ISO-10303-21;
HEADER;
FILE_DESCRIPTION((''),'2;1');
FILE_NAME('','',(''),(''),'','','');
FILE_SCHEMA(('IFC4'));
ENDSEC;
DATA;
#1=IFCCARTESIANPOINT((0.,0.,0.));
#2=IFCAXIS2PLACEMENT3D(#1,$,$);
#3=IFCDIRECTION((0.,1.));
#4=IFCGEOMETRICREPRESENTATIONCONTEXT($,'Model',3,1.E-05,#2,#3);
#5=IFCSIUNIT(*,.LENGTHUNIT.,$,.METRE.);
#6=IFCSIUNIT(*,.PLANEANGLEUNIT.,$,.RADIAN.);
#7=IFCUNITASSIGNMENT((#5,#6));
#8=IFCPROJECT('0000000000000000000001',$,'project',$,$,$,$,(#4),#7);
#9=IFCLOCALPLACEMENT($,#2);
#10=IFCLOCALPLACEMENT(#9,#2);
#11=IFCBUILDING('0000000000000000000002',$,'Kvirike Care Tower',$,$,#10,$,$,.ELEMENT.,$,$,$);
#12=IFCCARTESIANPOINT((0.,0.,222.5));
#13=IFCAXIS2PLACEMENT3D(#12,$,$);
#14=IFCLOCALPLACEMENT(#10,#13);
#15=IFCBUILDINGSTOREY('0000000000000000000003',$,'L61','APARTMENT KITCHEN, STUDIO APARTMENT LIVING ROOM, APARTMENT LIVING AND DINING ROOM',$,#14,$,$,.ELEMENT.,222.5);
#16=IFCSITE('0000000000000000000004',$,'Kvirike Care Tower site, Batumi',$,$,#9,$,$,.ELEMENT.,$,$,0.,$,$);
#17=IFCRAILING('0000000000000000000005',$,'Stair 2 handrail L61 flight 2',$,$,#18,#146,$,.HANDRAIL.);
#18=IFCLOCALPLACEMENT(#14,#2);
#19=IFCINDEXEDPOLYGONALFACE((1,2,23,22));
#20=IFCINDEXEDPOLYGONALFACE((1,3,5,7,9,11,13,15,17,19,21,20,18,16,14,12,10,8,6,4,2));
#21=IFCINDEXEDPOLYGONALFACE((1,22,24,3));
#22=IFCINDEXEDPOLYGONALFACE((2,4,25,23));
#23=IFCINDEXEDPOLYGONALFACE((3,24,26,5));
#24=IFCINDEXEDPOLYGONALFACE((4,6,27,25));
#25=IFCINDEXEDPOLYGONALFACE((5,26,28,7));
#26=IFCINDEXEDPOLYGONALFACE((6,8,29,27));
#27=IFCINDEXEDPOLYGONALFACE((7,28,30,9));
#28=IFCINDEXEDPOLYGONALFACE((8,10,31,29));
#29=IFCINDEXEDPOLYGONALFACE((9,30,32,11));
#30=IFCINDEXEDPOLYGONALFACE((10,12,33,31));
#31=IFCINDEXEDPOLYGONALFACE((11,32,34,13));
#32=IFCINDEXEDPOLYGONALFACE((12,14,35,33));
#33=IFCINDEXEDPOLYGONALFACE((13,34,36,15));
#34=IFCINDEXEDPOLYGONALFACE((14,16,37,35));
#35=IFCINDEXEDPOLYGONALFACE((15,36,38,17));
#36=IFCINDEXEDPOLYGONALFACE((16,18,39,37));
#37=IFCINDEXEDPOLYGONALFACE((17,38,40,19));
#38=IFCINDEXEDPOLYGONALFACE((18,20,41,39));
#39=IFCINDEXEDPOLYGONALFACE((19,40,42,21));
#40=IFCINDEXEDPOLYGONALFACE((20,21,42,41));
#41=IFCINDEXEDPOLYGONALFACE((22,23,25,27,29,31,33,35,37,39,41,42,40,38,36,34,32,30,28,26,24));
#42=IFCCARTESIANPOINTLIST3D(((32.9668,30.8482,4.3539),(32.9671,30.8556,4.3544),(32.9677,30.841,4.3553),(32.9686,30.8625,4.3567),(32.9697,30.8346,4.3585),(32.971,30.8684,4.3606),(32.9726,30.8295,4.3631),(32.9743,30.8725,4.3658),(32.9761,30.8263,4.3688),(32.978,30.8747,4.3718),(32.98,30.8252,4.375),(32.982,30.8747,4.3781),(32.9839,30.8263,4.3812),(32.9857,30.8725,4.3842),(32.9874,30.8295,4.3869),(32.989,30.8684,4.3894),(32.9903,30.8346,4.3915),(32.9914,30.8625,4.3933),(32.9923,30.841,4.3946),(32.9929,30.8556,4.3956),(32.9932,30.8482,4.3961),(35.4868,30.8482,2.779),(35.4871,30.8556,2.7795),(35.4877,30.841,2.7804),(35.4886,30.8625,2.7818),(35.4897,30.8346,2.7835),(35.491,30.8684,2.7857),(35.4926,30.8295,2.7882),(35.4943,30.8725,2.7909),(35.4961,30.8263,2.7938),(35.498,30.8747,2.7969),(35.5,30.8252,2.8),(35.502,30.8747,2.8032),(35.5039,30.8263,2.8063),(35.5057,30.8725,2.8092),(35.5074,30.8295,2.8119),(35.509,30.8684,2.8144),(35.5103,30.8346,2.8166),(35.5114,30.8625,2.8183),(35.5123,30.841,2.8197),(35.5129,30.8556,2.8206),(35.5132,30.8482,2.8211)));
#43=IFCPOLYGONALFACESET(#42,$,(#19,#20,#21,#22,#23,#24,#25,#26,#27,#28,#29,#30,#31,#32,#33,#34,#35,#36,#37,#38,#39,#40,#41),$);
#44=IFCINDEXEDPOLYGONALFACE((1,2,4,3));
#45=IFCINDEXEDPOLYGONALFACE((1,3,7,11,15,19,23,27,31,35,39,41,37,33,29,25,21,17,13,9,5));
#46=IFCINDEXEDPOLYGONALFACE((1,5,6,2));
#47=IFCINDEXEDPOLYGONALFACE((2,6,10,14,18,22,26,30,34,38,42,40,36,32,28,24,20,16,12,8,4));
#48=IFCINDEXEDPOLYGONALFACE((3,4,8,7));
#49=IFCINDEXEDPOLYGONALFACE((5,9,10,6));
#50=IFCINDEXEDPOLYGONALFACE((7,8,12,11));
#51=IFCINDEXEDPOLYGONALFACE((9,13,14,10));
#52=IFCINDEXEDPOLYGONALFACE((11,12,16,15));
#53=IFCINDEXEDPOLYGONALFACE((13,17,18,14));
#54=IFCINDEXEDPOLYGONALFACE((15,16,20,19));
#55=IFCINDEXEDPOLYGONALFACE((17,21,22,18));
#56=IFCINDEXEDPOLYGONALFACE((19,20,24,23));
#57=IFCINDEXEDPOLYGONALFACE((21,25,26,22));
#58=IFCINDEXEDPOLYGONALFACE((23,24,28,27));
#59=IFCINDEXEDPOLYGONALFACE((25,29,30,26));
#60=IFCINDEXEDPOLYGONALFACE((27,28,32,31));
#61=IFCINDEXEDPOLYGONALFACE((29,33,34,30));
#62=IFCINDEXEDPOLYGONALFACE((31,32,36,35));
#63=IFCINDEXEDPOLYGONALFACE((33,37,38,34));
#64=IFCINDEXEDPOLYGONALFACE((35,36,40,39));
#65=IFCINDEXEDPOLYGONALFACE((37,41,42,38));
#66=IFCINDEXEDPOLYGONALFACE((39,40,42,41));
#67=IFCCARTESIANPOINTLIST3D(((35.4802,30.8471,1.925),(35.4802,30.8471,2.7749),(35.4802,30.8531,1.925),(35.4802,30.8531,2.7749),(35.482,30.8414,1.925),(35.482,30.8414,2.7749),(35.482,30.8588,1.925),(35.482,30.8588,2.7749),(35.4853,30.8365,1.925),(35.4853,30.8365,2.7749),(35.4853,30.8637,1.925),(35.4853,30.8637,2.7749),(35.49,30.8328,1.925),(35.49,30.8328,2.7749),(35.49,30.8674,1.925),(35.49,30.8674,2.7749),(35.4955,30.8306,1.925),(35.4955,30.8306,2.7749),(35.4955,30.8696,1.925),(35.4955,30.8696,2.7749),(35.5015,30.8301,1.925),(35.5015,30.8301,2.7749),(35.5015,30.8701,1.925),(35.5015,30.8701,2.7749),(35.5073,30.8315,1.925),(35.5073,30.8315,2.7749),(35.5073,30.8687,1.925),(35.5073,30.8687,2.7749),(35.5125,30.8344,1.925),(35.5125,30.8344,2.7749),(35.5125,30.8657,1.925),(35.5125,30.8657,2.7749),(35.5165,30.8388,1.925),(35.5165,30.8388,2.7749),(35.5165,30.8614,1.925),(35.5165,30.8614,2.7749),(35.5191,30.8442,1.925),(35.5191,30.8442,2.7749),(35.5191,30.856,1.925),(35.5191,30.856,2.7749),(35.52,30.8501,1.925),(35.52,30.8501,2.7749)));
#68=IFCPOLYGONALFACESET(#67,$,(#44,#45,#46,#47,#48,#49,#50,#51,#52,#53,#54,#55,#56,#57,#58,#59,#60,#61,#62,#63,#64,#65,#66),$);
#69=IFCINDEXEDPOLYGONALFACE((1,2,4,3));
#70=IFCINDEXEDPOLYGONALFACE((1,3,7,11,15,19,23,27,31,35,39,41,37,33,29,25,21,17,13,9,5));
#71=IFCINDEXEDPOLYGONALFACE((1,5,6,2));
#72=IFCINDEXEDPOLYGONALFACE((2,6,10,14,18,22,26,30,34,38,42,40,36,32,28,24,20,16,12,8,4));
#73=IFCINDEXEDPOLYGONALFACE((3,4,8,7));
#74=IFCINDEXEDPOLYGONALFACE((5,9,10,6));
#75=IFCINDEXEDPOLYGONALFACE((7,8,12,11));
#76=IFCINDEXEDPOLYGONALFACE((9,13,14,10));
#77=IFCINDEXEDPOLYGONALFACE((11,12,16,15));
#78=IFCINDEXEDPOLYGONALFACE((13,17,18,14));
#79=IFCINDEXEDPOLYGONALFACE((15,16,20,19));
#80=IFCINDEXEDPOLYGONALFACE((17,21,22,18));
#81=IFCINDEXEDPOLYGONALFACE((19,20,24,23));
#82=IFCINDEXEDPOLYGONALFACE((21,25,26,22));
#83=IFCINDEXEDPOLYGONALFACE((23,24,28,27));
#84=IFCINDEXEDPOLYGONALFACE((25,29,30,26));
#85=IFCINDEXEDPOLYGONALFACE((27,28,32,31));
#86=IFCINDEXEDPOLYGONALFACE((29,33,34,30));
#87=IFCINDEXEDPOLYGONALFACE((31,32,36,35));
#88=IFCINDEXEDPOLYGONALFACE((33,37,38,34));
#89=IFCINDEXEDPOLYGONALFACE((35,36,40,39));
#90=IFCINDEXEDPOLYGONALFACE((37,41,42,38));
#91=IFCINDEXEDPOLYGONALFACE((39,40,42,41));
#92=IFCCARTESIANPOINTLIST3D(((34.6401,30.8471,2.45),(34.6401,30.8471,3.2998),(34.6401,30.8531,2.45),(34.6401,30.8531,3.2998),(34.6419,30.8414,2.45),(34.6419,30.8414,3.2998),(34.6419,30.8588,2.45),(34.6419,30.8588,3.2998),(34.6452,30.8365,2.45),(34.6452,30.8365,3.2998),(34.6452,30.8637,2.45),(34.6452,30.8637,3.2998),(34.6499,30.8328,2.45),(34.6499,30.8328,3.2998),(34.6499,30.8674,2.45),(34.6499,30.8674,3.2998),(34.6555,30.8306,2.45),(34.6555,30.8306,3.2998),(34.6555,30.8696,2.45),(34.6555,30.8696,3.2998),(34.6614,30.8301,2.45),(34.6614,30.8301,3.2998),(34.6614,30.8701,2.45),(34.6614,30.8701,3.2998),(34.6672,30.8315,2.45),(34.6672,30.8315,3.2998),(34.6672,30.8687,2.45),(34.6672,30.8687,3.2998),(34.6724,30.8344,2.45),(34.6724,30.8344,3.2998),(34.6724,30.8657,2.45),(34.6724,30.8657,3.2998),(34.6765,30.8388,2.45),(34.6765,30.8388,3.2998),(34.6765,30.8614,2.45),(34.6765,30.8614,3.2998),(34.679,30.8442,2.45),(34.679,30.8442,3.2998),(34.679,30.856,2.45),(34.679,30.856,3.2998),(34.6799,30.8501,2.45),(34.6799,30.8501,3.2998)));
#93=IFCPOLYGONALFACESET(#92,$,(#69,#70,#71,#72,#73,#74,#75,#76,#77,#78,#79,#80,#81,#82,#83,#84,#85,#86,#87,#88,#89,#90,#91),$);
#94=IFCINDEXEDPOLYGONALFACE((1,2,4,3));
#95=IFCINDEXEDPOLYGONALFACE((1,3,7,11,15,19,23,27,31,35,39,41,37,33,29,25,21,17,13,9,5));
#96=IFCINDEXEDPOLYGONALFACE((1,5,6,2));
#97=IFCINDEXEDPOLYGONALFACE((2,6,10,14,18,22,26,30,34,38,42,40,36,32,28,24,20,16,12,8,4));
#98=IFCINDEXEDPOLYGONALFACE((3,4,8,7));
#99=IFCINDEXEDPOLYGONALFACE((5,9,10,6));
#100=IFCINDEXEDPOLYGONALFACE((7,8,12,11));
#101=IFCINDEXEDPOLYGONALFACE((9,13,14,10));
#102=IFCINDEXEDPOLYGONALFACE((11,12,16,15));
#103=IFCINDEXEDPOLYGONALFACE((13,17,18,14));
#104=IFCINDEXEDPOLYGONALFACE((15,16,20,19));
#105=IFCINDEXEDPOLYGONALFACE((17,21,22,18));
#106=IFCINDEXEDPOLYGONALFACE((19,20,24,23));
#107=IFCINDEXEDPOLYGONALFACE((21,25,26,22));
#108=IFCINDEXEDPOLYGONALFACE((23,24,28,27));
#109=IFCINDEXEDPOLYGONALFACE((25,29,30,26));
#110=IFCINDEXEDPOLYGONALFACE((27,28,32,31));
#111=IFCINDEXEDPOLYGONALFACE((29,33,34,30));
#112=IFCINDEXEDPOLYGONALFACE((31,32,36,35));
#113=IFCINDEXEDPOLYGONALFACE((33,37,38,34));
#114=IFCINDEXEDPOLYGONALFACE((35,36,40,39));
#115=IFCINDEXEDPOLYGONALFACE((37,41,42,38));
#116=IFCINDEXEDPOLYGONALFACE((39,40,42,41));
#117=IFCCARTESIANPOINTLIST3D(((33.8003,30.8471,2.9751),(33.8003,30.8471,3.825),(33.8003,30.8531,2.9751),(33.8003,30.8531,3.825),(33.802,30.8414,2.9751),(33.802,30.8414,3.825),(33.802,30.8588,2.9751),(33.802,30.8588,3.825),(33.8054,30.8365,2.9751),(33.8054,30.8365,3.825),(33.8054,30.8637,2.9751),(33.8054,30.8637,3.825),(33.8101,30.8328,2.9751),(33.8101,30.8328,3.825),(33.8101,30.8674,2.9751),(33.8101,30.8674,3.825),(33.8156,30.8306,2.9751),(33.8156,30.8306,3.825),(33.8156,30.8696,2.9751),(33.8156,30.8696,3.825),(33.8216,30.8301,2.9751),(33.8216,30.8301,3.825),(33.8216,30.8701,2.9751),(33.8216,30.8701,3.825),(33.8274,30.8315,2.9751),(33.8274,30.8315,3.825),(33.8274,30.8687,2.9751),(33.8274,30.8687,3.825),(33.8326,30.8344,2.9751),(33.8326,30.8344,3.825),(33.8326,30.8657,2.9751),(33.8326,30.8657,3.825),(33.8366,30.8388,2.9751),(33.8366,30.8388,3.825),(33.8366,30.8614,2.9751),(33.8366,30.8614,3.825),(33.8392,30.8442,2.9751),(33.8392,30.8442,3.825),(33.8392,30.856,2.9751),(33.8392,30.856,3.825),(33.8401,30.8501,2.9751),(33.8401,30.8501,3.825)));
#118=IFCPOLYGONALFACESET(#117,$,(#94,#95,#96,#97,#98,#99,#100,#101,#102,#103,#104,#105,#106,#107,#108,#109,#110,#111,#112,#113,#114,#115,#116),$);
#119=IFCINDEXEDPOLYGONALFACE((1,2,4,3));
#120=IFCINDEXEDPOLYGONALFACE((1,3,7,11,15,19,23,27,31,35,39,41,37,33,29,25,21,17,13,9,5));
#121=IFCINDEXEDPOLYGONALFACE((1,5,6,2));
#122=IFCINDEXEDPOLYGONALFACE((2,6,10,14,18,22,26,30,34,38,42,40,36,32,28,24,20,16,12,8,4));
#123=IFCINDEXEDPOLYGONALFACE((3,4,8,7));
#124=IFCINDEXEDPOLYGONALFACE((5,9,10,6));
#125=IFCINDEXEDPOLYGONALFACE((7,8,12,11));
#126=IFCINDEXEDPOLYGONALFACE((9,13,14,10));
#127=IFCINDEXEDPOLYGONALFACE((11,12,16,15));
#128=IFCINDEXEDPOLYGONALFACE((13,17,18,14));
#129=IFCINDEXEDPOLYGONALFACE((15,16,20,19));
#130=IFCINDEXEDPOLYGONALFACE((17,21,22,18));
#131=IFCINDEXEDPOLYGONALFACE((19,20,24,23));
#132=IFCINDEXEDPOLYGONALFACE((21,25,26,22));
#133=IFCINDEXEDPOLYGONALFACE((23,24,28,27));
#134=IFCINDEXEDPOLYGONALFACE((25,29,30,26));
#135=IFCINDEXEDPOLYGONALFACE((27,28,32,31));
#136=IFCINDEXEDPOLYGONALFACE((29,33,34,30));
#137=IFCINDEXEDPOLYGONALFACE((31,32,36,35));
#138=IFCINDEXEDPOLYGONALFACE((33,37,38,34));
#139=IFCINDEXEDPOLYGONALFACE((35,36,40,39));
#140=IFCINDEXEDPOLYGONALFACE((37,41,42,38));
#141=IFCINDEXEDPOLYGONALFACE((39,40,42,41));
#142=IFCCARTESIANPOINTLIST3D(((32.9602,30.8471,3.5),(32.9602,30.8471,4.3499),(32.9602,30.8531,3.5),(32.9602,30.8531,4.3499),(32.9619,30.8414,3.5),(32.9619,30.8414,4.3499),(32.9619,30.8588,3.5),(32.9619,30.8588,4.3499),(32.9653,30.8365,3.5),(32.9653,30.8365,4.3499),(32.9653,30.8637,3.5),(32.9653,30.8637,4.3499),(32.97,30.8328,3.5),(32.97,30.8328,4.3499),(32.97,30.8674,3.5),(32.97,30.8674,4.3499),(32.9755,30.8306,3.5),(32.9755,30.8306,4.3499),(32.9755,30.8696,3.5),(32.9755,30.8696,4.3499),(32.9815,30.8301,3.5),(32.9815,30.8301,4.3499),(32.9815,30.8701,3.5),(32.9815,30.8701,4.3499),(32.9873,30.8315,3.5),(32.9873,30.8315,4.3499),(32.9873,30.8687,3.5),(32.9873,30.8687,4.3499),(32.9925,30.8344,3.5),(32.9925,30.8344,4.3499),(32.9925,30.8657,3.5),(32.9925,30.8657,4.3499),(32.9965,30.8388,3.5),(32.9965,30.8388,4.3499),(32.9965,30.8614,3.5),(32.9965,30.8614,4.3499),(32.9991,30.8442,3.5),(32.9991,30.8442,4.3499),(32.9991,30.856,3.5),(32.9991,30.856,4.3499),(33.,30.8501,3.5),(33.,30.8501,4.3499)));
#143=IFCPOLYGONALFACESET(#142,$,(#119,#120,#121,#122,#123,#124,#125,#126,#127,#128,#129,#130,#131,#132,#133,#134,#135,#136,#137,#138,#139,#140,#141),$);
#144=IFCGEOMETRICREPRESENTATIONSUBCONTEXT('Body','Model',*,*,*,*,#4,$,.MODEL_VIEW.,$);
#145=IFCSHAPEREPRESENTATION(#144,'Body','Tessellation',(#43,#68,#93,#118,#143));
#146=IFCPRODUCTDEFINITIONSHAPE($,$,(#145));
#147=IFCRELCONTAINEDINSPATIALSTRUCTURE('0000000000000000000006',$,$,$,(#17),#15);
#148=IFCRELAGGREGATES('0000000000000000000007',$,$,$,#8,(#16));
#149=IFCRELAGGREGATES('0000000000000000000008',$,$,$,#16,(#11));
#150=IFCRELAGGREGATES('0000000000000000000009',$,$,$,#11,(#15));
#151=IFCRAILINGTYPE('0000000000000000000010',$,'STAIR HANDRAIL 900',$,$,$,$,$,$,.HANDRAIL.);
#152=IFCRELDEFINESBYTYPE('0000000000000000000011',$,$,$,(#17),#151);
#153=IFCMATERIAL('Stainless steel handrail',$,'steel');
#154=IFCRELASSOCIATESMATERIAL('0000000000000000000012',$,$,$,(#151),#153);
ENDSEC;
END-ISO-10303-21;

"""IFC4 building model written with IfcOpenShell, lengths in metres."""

from ifc_helpers import new_model, si_unit, direction, frame, origin, origin_2d, place, context, subcontext, project, spatial, circle, extrude, material, type_object, element, save


model = new_model("IFC4")

# Units and contexts
model_context = context("Model", 3, precision=1e-05, world=origin(), true_north=direction((0.0, 1.0)))
body_context = subcontext(model_context, "Body", "Model", "MODEL_VIEW")
ifc_project = project(units=[si_unit("LENGTHUNIT", "METRE"), si_unit("PLANEANGLEUNIT", "RADIAN")], contexts=[model_context])

# Site, building, storey
site_placement = place(None, origin())
site = spatial("IfcSite", under=ifc_project, at=site_placement, Name="Kvirike Care Tower site, Batumi", CompositionType="ELEMENT", RefElevation=0.0)
building_placement = place(site_placement, origin())
building = spatial("IfcBuilding", under=site, at=building_placement, Name="Kvirike Care Tower", CompositionType="ELEMENT")
storey_placement = place(building_placement, frame((0.0, 0.0, 222.5)))
storey = spatial("IfcBuildingStorey", under=building, at=storey_placement, Name="L61", Description="APARTMENT KITCHEN, STUDIO APARTMENT LIVING ROOM, APARTMENT LIVING AND DINING ROOM", CompositionType="ELEMENT", Elevation=222.5)

# Railing
ifc_material_1 = material(Name="Stainless steel handrail", Category="steel")
railing_type = type_object("IfcRailingType", Name="STAIR HANDRAIL 900", PredefinedType="HANDRAIL", material=ifc_material_1)
railing_1_placement = place(storey_placement, frame((35.5, 30.8501, 1.925)))
element("IfcRailing", 1, at=railing_1_placement, inside=storey, type_object=railing_type, Name="Stair 2 handrail L61 flight 2", PredefinedType="HANDRAIL", context=body_context, shape_type="SweptSolid", body=[
    extrude(circle(Radius=0.0249, at=origin_2d()), frame((0.0, 0.0, 0.875), z_axis=(-0.848008, 0.0, 0.529984), x_axis=(0.0, -1.0, 0.0)), (0.0, 0.0, 1.0), 2.9717),
    extrude(circle(Radius=0.02, at=origin_2d()), origin(), (0.0, 0.0, 1.0), 0.8499),
    extrude(circle(Radius=0.02, at=origin_2d()), frame((-0.8401, 0.0, 0.5249)), (0.0, 0.0, 1.0), 0.8499),
    extrude(circle(Radius=0.02, at=origin_2d()), frame((-1.6799, 0.0, 1.05)), (0.0, 0.0, 1.0), 0.8499),
    extrude(circle(Radius=0.02, at=origin_2d()), frame((-2.52, 0.0, 1.575)), (0.0, 0.0, 1.0), 0.8499),
])

save(model, "model.ifc")
